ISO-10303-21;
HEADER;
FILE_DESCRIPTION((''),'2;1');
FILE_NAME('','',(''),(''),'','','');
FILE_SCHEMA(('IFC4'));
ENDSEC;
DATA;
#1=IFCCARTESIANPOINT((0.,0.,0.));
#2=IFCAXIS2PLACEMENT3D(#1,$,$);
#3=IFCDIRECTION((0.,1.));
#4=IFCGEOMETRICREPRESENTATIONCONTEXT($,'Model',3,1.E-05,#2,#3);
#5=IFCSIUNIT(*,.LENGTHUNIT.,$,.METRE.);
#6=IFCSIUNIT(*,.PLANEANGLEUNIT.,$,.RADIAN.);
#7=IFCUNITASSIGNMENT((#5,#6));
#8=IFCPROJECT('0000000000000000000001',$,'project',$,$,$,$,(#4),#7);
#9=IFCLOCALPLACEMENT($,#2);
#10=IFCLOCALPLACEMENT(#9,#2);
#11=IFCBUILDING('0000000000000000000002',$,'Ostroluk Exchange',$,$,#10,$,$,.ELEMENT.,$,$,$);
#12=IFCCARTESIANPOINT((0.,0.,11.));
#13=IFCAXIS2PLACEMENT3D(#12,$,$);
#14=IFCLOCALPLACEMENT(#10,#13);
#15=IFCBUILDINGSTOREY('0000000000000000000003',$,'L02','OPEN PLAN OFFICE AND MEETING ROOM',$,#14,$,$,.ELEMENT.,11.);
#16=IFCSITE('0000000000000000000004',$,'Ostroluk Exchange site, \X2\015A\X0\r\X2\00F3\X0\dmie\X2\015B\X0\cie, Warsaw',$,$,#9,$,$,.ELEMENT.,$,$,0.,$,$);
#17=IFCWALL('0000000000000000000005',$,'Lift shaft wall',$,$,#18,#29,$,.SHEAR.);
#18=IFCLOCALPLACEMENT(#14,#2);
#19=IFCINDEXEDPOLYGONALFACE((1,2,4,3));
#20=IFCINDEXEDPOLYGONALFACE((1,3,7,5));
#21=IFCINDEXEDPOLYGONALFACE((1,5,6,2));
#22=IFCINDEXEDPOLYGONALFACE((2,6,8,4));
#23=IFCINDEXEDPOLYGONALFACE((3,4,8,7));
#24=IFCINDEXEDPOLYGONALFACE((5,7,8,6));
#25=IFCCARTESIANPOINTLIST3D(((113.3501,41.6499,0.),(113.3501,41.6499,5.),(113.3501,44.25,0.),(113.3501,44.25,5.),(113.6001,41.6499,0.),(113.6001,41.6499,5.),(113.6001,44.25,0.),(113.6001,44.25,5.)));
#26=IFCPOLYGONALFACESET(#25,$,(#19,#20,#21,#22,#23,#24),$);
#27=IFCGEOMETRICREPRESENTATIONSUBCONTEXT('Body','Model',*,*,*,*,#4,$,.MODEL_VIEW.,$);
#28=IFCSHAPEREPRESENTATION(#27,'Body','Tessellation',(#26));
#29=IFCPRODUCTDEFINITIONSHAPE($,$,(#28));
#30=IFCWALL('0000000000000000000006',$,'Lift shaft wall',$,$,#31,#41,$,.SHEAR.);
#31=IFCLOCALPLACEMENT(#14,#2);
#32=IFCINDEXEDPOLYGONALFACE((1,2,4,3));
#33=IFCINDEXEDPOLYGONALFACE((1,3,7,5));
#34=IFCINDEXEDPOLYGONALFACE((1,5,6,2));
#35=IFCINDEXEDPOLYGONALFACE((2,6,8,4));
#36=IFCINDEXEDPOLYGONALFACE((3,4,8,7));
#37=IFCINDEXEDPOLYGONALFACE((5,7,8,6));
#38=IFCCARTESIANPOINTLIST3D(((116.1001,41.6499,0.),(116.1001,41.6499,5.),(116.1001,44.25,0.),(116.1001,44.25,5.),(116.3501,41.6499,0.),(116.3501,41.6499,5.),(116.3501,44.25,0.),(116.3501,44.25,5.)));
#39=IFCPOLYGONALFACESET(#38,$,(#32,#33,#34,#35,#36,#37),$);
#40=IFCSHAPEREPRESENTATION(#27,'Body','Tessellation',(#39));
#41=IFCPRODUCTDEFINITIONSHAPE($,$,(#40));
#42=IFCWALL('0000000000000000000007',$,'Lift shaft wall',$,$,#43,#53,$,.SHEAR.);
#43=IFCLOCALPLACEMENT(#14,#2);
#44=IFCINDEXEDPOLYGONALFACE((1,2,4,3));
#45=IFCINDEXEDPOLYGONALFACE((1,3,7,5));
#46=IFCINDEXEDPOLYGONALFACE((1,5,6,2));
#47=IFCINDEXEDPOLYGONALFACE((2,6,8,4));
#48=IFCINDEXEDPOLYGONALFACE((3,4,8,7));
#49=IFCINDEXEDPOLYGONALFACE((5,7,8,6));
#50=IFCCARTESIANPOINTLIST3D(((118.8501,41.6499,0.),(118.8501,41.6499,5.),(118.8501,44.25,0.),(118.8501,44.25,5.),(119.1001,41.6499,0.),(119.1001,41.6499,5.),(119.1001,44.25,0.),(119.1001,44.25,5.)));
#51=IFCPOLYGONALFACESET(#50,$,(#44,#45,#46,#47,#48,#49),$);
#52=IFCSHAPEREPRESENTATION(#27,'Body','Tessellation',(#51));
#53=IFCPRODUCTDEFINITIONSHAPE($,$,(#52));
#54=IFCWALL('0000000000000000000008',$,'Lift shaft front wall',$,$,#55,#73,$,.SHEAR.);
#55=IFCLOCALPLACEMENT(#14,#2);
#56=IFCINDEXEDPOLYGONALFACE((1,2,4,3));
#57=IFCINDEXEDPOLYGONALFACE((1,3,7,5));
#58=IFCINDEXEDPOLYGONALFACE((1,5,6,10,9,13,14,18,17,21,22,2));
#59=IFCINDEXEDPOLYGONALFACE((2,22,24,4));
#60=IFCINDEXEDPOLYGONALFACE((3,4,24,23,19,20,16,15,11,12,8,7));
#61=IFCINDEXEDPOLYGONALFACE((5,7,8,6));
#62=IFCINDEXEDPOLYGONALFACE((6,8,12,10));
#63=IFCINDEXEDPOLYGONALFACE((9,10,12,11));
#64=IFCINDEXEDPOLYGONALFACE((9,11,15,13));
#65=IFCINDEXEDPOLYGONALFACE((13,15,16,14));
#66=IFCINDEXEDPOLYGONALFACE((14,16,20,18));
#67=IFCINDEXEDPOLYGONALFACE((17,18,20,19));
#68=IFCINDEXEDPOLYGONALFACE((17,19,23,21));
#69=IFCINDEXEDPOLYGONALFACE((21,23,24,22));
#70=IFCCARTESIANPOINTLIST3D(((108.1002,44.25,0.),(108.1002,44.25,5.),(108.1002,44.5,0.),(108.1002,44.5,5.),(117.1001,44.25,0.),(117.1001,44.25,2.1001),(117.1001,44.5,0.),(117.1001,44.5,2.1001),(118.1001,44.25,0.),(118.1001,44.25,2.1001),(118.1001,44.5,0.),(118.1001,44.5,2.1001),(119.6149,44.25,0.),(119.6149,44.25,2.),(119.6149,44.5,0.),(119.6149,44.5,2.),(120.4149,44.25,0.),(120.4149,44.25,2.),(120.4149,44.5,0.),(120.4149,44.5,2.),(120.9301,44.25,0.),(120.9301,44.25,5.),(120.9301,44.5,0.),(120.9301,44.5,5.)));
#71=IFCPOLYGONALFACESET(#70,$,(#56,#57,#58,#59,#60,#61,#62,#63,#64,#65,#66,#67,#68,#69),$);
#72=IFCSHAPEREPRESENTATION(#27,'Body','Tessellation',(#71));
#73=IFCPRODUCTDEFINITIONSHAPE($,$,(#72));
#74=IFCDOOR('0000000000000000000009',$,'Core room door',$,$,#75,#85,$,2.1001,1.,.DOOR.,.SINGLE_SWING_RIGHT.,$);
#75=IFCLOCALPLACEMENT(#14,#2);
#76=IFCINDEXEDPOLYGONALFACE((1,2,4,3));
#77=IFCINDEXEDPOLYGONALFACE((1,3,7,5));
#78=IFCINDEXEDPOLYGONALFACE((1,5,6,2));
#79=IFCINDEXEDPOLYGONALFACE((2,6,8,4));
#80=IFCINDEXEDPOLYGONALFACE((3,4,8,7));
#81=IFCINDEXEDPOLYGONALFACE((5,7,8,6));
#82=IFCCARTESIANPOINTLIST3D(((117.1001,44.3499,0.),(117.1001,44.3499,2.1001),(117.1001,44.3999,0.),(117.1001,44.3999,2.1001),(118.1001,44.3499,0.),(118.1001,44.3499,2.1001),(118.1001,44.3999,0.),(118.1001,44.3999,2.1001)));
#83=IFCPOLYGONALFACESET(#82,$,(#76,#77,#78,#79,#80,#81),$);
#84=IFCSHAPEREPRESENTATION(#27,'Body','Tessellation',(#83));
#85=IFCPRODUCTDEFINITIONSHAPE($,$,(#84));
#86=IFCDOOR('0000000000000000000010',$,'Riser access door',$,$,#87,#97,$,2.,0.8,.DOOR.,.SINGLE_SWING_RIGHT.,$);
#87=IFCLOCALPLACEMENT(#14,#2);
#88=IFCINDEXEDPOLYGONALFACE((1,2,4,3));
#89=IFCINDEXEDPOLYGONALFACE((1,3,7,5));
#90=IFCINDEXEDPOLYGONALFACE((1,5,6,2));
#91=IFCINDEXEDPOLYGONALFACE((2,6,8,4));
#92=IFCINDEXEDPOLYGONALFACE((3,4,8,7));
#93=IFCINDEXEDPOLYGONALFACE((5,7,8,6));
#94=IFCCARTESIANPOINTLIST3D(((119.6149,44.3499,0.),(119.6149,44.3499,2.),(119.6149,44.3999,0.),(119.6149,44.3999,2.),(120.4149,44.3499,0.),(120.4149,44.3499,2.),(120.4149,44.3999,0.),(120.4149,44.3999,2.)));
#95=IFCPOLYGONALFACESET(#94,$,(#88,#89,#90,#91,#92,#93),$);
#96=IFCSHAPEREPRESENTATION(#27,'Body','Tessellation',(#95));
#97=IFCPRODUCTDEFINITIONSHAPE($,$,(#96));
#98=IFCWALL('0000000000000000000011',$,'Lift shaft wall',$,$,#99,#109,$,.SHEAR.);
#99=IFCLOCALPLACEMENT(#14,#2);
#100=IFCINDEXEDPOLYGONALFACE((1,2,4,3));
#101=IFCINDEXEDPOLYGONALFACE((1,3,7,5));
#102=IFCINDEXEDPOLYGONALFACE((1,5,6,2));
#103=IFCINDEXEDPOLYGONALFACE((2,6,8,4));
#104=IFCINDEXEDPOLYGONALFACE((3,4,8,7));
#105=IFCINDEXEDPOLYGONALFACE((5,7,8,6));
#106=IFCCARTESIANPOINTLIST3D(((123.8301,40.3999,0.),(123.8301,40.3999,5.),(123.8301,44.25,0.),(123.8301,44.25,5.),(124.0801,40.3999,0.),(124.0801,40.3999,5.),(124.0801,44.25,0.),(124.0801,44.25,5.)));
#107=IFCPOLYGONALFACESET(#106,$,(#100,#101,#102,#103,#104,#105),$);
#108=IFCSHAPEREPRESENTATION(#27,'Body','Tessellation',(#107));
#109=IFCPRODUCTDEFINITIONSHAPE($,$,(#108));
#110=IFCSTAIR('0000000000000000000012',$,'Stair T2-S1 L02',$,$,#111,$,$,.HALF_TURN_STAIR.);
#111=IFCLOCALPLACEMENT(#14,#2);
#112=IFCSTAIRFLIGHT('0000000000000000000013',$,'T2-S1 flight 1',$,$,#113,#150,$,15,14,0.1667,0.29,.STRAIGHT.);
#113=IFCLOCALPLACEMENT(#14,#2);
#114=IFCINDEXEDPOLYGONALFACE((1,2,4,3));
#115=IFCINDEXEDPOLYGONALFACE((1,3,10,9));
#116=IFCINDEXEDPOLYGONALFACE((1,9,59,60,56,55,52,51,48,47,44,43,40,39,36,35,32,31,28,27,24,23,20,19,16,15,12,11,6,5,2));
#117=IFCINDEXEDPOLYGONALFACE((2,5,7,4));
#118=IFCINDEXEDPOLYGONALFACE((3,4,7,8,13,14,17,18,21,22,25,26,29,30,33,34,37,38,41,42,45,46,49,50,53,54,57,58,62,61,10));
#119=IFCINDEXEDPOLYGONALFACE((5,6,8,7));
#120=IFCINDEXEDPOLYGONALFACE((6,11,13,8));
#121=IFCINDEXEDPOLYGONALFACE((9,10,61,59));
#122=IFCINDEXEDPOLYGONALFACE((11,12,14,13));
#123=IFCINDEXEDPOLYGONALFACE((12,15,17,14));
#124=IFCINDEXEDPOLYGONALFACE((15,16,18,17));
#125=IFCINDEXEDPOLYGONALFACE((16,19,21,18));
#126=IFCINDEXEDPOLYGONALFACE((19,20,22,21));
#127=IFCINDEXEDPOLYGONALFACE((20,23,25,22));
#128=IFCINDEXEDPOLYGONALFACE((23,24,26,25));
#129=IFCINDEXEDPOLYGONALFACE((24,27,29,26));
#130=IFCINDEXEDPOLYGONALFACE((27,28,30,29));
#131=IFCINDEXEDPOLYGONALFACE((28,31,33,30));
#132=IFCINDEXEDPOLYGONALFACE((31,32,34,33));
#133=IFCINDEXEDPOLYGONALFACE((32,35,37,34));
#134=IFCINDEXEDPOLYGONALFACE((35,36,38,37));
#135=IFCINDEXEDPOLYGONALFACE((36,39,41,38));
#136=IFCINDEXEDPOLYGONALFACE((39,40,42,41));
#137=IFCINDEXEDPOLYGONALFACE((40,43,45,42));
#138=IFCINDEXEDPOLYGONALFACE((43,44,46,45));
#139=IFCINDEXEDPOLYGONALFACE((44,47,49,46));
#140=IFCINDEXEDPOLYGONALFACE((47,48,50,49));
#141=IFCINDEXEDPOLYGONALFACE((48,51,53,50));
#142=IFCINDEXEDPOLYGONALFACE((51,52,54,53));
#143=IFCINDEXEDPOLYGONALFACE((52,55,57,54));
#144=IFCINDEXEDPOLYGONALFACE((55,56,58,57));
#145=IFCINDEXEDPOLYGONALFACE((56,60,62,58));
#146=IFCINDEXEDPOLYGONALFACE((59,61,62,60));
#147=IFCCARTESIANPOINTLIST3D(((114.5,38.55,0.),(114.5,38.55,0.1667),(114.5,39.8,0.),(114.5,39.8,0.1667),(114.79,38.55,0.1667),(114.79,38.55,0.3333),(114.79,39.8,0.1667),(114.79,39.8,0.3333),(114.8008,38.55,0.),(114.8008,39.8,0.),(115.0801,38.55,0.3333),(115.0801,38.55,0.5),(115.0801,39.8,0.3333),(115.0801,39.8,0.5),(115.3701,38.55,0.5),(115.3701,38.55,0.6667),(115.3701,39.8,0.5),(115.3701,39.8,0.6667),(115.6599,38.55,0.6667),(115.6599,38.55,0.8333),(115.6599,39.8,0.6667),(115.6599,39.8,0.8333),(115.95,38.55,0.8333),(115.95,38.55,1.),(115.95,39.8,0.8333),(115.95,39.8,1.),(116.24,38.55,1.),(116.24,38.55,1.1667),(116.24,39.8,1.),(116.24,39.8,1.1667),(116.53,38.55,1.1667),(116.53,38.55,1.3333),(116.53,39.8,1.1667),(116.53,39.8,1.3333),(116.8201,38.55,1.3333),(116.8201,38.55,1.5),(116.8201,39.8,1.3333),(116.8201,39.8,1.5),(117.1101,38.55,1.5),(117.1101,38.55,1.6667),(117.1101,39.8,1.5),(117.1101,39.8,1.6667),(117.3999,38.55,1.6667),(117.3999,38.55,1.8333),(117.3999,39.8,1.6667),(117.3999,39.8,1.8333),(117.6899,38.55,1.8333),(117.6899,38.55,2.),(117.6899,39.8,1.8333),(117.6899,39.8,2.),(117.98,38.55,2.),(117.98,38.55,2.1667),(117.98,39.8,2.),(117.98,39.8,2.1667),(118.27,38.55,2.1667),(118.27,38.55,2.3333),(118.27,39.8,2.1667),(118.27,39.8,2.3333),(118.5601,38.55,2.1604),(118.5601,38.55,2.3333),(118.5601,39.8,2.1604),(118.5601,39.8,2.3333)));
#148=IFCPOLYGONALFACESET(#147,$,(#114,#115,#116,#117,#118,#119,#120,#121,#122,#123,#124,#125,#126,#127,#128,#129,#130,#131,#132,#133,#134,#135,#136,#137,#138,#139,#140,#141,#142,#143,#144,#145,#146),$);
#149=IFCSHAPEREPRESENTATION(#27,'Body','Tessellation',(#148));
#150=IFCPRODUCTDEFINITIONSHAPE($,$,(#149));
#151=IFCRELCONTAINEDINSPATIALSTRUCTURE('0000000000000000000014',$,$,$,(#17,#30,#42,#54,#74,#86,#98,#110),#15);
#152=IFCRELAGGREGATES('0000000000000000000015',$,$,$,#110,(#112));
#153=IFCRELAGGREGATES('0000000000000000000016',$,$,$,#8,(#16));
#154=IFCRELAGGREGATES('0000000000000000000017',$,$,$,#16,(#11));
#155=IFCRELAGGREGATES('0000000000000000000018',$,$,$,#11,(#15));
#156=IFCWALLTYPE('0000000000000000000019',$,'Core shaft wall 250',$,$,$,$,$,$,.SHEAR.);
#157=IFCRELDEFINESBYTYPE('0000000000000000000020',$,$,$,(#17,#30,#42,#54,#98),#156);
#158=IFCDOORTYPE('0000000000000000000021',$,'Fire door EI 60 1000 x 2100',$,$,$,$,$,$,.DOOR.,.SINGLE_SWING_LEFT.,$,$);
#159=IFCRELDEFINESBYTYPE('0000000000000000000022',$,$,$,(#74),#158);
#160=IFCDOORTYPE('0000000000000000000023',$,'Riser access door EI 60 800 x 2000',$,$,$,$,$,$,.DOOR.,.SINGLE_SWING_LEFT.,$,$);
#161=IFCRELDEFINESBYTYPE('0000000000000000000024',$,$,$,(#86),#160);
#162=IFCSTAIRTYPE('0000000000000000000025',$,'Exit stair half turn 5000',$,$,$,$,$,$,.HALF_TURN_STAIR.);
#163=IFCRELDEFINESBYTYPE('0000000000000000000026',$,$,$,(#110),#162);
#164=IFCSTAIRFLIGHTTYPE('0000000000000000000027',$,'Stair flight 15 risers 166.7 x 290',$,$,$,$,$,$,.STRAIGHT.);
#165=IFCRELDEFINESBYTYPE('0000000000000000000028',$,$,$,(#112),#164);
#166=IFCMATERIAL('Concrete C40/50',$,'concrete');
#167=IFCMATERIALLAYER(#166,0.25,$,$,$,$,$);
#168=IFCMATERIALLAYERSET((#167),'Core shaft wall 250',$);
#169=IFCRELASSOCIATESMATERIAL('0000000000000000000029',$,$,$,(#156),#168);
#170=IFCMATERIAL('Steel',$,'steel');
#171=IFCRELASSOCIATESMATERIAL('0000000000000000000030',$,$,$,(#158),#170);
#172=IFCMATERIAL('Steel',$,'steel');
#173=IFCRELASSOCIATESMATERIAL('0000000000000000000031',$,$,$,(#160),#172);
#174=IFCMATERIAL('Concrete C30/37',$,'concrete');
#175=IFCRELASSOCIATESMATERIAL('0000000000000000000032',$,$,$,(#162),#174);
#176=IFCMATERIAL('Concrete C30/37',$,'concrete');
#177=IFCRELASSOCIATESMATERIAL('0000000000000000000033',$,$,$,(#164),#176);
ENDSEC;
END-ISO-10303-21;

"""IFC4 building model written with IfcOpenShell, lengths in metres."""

from ifc_helpers import new_model, si_unit, direction, frame, frame_2d, origin, place, context, subcontext, project, spatial, polyline, rectangle, outline, extrude, material, layer, layer_set, type_object, element, fill, aggregate, save


model = new_model("IFC4")

# Units and contexts
model_context = context("Model", 3, precision=1e-05, world=origin(), true_north=direction((0.0, 1.0)))
body_context = subcontext(model_context, "Body", "Model", "MODEL_VIEW")
ifc_project = project(units=[si_unit("LENGTHUNIT", "METRE"), si_unit("PLANEANGLEUNIT", "RADIAN")], contexts=[model_context])

# Site, building, storey
site_placement = place(None, origin())
site = spatial("IfcSite", under=ifc_project, at=site_placement, Name="Ostroluk Exchange site, Śródmieście, Warsaw", CompositionType="ELEMENT", RefElevation=0.0)
building_placement = place(site_placement, origin())
building = spatial("IfcBuilding", under=site, at=building_placement, Name="Ostroluk Exchange", CompositionType="ELEMENT")
storey_placement = place(building_placement, frame((0.0, 0.0, 11.0)))
storey = spatial("IfcBuildingStorey", under=building, at=storey_placement, Name="L02", Description="OPEN PLAN OFFICE AND MEETING ROOM", CompositionType="ELEMENT", Elevation=11.0)

# Shared definitions
ifc_material_1 = material(Name="Concrete C40/50", Category="concrete")
ifc_layer_1 = layer(ifc_material_1, 0.25)
ifc_layer_set_1 = layer_set([ifc_layer_1], Name="Core shaft wall 250")
wall_type_1 = type_object("IfcWallType", Name="Core shaft wall 250", PredefinedType="SHEAR", material=ifc_layer_set_1)

# Walls
for number, where, z_axis, x_axis, name in (
    (1, (113.4751, 44.25, 0.0), (0.0, 0.0, 1.0), (0.0, -1.0, 0.0), "Lift shaft wall"),
    (2, (116.2251, 44.25, 0.0), (0.0, 0.0, 1.0), (0.0, -1.0, 0.0), "Lift shaft wall"),
    (3, (118.9751, 44.25, 0.0), (0.0, 0.0, 1.0), (0.0, -1.0, 0.0), "Lift shaft wall"),
):
    element("IfcWall", number, at=place(storey_placement, frame(where, z_axis=z_axis, x_axis=x_axis)), inside=storey, type_object=wall_type_1, Name=name, PredefinedType="SHEAR", context=body_context, shape_type="SweptSolid", body=[
        extrude(rectangle(XDim=2.6001, YDim=0.25, at=frame_2d((1.3, 0.0))), origin(), (0.0, 0.0, 1.0), 5.0),
    ])

# Wall, openings, doors
wall_1_placement = place(storey_placement, frame((108.1001, 44.375, 0.0), z_axis=(0.0, 0.0, 1.0), x_axis=(1.0, 0.0, 0.0)))
wall_1 = element("IfcWall", 4, at=wall_1_placement, inside=storey, type_object=wall_type_1, Name="Lift shaft front wall", PredefinedType="SHEAR", context=body_context, shape_type="SweptSolid", body=[
    extrude(rectangle(XDim=12.8298, YDim=0.25, at=frame_2d((6.415, 0.0))), origin(), (0.0, 0.0, 1.0), 5.0),
])
opening_1_placement = place(wall_1_placement, frame((9.0, 0.0, 0.0)))
opening_1 = element("IfcOpeningElement", 5, at=opening_1_placement, cuts=wall_1, PredefinedType="OPENING", context=body_context, shape_type="SweptSolid", body=[
    extrude(rectangle(XDim=1.0, YDim=2.1001, at=frame_2d((0.5, 1.05))), frame((0.0, 0.135, 0.0), z_axis=(0.0, -1.0, 0.0), x_axis=(1.0, 0.0, 0.0)), (0.0, 0.0, 1.0), 0.27),
])
opening_2_placement = place(wall_1_placement, frame((11.5149, 0.0, 0.0)))
opening_2 = element("IfcOpeningElement", 6, at=opening_2_placement, cuts=wall_1, PredefinedType="OPENING", context=body_context, shape_type="SweptSolid", body=[
    extrude(rectangle(XDim=0.8, YDim=2.0, at=frame_2d((0.3999, 1.0))), frame((0.0, 0.135, 0.0), z_axis=(0.0, -1.0, 0.0), x_axis=(1.0, 0.0, 0.0)), (0.0, 0.0, 1.0), 0.27),
])
ifc_material_2 = material(Name="Steel", Category="steel")
door_type_1 = type_object("IfcDoorType", Name="Fire door EI 60 1000 x 2100", OperationType="SINGLE_SWING_LEFT", PredefinedType="DOOR", material=ifc_material_2)
door_1_placement = place(opening_1_placement, origin())
door_1 = element("IfcDoor", 7, at=door_1_placement, inside=storey, type_object=door_type_1, Name="Core room door", OperationType="SINGLE_SWING_RIGHT", OverallHeight=2.1001, OverallWidth=1.0, PredefinedType="DOOR", context=body_context, shape_type="SweptSolid", body=[
    extrude(rectangle(XDim=1.0, YDim=2.1001, at=frame_2d((0.5, 1.05))), frame((0.0, 0.0249, 0.0), z_axis=(0.0, -1.0, 0.0), x_axis=(1.0, 0.0, 0.0)), (0.0, 0.0, 1.0), 0.05),
])
fill(opening_1, door_1)
ifc_material_3 = material(Name="Steel", Category="steel")
door_type_2 = type_object("IfcDoorType", Name="Riser access door EI 60 800 x 2000", OperationType="SINGLE_SWING_LEFT", PredefinedType="DOOR", material=ifc_material_3)
door_2_placement = place(opening_2_placement, origin())
door_2 = element("IfcDoor", 8, at=door_2_placement, inside=storey, type_object=door_type_2, Name="Riser access door", OperationType="SINGLE_SWING_RIGHT", OverallHeight=2.0, OverallWidth=0.8, PredefinedType="DOOR", context=body_context, shape_type="SweptSolid", body=[
    extrude(rectangle(XDim=0.8, YDim=2.0, at=frame_2d((0.3999, 1.0))), frame((0.0, 0.0249, 0.0), z_axis=(0.0, -1.0, 0.0), x_axis=(1.0, 0.0, 0.0)), (0.0, 0.0, 1.0), 0.05),
])
fill(opening_2, door_2)

# Wall
wall_2_placement = place(storey_placement, frame((123.9551, 44.25, 0.0), z_axis=(0.0, 0.0, 1.0), x_axis=(0.0, -1.0, 0.0)))
element("IfcWall", 9, at=wall_2_placement, inside=storey, type_object=wall_type_1, Name="Lift shaft wall", PredefinedType="SHEAR", context=body_context, shape_type="SweptSolid", body=[
    extrude(rectangle(XDim=3.8501, YDim=0.25, at=frame_2d((1.925, 0.0))), origin(), (0.0, 0.0, 1.0), 5.0),
])

# Stair, stair flight
ifc_material_4 = material(Name="Concrete C30/37", Category="concrete")
stair_type = type_object("IfcStairType", Name="Exit stair half turn 5000", PredefinedType="HALF_TURN_STAIR", material=ifc_material_4)
stair_placement = place(storey_placement, origin())
stair = element("IfcStair", 10, at=stair_placement, inside=storey, type_object=stair_type, Name="Stair T2-S1 L02", PredefinedType="HALF_TURN_STAIR")
ifc_material_5 = material(Name="Concrete C30/37", Category="concrete")
stair_flight_type = type_object("IfcStairFlightType", Name="Stair flight 15 risers 166.7 x 290", PredefinedType="STRAIGHT", material=ifc_material_5)
stair_flight_1_placement = place(storey_placement, frame((114.5, 39.175, 0.0), z_axis=(0.0, 0.0, 1.0), x_axis=(1.0, 0.0, 0.0)))
stair_flight_1 = element("IfcStairFlight", 11, at=stair_flight_1_placement, type_object=stair_flight_type, Name="T2-S1 flight 1", NumberOfRisers=15, NumberOfTreads=14, PredefinedType="STRAIGHT", RiserHeight=0.1667, TreadLength=0.29, context=body_context, shape_type="SweptSolid", body=[
    extrude(outline(polyline([(0.0, 0.0), (0.0, 0.1667), (0.29, 0.1667), (0.29, 0.3333), (0.5801, 0.3333), (0.5801, 0.5), (0.8701, 0.5), (0.8701, 0.6667), (1.1599, 0.6667), (1.1599, 0.8333), (1.45, 0.8333), (1.45, 1.0), (1.74, 1.0), (1.74, 1.1667), (2.03, 1.1667), (2.03, 1.3333), (2.3201, 1.3333), (2.3201, 1.5), (2.6101, 1.5), (2.6101, 1.6667), (2.8999, 1.6667), (2.8999, 1.8333), (3.1899, 1.8333), (3.1899, 2.0), (3.48, 2.0), (3.48, 2.1667), (3.77, 2.1667), (3.77, 2.3333), (4.0601, 2.3333), (4.0601, 2.5), (4.0601, 2.1604), (0.3008, 0.0), (0.0, 0.0)])), frame((0.0, 0.625, 0.0), z_axis=(0.0, -1.0, 0.0), x_axis=(1.0, 0.0, 0.0)), (0.0, 0.0, 1.0), 1.25),
])
aggregate(stair, [stair_flight_1])

save(model, "model.ifc")
